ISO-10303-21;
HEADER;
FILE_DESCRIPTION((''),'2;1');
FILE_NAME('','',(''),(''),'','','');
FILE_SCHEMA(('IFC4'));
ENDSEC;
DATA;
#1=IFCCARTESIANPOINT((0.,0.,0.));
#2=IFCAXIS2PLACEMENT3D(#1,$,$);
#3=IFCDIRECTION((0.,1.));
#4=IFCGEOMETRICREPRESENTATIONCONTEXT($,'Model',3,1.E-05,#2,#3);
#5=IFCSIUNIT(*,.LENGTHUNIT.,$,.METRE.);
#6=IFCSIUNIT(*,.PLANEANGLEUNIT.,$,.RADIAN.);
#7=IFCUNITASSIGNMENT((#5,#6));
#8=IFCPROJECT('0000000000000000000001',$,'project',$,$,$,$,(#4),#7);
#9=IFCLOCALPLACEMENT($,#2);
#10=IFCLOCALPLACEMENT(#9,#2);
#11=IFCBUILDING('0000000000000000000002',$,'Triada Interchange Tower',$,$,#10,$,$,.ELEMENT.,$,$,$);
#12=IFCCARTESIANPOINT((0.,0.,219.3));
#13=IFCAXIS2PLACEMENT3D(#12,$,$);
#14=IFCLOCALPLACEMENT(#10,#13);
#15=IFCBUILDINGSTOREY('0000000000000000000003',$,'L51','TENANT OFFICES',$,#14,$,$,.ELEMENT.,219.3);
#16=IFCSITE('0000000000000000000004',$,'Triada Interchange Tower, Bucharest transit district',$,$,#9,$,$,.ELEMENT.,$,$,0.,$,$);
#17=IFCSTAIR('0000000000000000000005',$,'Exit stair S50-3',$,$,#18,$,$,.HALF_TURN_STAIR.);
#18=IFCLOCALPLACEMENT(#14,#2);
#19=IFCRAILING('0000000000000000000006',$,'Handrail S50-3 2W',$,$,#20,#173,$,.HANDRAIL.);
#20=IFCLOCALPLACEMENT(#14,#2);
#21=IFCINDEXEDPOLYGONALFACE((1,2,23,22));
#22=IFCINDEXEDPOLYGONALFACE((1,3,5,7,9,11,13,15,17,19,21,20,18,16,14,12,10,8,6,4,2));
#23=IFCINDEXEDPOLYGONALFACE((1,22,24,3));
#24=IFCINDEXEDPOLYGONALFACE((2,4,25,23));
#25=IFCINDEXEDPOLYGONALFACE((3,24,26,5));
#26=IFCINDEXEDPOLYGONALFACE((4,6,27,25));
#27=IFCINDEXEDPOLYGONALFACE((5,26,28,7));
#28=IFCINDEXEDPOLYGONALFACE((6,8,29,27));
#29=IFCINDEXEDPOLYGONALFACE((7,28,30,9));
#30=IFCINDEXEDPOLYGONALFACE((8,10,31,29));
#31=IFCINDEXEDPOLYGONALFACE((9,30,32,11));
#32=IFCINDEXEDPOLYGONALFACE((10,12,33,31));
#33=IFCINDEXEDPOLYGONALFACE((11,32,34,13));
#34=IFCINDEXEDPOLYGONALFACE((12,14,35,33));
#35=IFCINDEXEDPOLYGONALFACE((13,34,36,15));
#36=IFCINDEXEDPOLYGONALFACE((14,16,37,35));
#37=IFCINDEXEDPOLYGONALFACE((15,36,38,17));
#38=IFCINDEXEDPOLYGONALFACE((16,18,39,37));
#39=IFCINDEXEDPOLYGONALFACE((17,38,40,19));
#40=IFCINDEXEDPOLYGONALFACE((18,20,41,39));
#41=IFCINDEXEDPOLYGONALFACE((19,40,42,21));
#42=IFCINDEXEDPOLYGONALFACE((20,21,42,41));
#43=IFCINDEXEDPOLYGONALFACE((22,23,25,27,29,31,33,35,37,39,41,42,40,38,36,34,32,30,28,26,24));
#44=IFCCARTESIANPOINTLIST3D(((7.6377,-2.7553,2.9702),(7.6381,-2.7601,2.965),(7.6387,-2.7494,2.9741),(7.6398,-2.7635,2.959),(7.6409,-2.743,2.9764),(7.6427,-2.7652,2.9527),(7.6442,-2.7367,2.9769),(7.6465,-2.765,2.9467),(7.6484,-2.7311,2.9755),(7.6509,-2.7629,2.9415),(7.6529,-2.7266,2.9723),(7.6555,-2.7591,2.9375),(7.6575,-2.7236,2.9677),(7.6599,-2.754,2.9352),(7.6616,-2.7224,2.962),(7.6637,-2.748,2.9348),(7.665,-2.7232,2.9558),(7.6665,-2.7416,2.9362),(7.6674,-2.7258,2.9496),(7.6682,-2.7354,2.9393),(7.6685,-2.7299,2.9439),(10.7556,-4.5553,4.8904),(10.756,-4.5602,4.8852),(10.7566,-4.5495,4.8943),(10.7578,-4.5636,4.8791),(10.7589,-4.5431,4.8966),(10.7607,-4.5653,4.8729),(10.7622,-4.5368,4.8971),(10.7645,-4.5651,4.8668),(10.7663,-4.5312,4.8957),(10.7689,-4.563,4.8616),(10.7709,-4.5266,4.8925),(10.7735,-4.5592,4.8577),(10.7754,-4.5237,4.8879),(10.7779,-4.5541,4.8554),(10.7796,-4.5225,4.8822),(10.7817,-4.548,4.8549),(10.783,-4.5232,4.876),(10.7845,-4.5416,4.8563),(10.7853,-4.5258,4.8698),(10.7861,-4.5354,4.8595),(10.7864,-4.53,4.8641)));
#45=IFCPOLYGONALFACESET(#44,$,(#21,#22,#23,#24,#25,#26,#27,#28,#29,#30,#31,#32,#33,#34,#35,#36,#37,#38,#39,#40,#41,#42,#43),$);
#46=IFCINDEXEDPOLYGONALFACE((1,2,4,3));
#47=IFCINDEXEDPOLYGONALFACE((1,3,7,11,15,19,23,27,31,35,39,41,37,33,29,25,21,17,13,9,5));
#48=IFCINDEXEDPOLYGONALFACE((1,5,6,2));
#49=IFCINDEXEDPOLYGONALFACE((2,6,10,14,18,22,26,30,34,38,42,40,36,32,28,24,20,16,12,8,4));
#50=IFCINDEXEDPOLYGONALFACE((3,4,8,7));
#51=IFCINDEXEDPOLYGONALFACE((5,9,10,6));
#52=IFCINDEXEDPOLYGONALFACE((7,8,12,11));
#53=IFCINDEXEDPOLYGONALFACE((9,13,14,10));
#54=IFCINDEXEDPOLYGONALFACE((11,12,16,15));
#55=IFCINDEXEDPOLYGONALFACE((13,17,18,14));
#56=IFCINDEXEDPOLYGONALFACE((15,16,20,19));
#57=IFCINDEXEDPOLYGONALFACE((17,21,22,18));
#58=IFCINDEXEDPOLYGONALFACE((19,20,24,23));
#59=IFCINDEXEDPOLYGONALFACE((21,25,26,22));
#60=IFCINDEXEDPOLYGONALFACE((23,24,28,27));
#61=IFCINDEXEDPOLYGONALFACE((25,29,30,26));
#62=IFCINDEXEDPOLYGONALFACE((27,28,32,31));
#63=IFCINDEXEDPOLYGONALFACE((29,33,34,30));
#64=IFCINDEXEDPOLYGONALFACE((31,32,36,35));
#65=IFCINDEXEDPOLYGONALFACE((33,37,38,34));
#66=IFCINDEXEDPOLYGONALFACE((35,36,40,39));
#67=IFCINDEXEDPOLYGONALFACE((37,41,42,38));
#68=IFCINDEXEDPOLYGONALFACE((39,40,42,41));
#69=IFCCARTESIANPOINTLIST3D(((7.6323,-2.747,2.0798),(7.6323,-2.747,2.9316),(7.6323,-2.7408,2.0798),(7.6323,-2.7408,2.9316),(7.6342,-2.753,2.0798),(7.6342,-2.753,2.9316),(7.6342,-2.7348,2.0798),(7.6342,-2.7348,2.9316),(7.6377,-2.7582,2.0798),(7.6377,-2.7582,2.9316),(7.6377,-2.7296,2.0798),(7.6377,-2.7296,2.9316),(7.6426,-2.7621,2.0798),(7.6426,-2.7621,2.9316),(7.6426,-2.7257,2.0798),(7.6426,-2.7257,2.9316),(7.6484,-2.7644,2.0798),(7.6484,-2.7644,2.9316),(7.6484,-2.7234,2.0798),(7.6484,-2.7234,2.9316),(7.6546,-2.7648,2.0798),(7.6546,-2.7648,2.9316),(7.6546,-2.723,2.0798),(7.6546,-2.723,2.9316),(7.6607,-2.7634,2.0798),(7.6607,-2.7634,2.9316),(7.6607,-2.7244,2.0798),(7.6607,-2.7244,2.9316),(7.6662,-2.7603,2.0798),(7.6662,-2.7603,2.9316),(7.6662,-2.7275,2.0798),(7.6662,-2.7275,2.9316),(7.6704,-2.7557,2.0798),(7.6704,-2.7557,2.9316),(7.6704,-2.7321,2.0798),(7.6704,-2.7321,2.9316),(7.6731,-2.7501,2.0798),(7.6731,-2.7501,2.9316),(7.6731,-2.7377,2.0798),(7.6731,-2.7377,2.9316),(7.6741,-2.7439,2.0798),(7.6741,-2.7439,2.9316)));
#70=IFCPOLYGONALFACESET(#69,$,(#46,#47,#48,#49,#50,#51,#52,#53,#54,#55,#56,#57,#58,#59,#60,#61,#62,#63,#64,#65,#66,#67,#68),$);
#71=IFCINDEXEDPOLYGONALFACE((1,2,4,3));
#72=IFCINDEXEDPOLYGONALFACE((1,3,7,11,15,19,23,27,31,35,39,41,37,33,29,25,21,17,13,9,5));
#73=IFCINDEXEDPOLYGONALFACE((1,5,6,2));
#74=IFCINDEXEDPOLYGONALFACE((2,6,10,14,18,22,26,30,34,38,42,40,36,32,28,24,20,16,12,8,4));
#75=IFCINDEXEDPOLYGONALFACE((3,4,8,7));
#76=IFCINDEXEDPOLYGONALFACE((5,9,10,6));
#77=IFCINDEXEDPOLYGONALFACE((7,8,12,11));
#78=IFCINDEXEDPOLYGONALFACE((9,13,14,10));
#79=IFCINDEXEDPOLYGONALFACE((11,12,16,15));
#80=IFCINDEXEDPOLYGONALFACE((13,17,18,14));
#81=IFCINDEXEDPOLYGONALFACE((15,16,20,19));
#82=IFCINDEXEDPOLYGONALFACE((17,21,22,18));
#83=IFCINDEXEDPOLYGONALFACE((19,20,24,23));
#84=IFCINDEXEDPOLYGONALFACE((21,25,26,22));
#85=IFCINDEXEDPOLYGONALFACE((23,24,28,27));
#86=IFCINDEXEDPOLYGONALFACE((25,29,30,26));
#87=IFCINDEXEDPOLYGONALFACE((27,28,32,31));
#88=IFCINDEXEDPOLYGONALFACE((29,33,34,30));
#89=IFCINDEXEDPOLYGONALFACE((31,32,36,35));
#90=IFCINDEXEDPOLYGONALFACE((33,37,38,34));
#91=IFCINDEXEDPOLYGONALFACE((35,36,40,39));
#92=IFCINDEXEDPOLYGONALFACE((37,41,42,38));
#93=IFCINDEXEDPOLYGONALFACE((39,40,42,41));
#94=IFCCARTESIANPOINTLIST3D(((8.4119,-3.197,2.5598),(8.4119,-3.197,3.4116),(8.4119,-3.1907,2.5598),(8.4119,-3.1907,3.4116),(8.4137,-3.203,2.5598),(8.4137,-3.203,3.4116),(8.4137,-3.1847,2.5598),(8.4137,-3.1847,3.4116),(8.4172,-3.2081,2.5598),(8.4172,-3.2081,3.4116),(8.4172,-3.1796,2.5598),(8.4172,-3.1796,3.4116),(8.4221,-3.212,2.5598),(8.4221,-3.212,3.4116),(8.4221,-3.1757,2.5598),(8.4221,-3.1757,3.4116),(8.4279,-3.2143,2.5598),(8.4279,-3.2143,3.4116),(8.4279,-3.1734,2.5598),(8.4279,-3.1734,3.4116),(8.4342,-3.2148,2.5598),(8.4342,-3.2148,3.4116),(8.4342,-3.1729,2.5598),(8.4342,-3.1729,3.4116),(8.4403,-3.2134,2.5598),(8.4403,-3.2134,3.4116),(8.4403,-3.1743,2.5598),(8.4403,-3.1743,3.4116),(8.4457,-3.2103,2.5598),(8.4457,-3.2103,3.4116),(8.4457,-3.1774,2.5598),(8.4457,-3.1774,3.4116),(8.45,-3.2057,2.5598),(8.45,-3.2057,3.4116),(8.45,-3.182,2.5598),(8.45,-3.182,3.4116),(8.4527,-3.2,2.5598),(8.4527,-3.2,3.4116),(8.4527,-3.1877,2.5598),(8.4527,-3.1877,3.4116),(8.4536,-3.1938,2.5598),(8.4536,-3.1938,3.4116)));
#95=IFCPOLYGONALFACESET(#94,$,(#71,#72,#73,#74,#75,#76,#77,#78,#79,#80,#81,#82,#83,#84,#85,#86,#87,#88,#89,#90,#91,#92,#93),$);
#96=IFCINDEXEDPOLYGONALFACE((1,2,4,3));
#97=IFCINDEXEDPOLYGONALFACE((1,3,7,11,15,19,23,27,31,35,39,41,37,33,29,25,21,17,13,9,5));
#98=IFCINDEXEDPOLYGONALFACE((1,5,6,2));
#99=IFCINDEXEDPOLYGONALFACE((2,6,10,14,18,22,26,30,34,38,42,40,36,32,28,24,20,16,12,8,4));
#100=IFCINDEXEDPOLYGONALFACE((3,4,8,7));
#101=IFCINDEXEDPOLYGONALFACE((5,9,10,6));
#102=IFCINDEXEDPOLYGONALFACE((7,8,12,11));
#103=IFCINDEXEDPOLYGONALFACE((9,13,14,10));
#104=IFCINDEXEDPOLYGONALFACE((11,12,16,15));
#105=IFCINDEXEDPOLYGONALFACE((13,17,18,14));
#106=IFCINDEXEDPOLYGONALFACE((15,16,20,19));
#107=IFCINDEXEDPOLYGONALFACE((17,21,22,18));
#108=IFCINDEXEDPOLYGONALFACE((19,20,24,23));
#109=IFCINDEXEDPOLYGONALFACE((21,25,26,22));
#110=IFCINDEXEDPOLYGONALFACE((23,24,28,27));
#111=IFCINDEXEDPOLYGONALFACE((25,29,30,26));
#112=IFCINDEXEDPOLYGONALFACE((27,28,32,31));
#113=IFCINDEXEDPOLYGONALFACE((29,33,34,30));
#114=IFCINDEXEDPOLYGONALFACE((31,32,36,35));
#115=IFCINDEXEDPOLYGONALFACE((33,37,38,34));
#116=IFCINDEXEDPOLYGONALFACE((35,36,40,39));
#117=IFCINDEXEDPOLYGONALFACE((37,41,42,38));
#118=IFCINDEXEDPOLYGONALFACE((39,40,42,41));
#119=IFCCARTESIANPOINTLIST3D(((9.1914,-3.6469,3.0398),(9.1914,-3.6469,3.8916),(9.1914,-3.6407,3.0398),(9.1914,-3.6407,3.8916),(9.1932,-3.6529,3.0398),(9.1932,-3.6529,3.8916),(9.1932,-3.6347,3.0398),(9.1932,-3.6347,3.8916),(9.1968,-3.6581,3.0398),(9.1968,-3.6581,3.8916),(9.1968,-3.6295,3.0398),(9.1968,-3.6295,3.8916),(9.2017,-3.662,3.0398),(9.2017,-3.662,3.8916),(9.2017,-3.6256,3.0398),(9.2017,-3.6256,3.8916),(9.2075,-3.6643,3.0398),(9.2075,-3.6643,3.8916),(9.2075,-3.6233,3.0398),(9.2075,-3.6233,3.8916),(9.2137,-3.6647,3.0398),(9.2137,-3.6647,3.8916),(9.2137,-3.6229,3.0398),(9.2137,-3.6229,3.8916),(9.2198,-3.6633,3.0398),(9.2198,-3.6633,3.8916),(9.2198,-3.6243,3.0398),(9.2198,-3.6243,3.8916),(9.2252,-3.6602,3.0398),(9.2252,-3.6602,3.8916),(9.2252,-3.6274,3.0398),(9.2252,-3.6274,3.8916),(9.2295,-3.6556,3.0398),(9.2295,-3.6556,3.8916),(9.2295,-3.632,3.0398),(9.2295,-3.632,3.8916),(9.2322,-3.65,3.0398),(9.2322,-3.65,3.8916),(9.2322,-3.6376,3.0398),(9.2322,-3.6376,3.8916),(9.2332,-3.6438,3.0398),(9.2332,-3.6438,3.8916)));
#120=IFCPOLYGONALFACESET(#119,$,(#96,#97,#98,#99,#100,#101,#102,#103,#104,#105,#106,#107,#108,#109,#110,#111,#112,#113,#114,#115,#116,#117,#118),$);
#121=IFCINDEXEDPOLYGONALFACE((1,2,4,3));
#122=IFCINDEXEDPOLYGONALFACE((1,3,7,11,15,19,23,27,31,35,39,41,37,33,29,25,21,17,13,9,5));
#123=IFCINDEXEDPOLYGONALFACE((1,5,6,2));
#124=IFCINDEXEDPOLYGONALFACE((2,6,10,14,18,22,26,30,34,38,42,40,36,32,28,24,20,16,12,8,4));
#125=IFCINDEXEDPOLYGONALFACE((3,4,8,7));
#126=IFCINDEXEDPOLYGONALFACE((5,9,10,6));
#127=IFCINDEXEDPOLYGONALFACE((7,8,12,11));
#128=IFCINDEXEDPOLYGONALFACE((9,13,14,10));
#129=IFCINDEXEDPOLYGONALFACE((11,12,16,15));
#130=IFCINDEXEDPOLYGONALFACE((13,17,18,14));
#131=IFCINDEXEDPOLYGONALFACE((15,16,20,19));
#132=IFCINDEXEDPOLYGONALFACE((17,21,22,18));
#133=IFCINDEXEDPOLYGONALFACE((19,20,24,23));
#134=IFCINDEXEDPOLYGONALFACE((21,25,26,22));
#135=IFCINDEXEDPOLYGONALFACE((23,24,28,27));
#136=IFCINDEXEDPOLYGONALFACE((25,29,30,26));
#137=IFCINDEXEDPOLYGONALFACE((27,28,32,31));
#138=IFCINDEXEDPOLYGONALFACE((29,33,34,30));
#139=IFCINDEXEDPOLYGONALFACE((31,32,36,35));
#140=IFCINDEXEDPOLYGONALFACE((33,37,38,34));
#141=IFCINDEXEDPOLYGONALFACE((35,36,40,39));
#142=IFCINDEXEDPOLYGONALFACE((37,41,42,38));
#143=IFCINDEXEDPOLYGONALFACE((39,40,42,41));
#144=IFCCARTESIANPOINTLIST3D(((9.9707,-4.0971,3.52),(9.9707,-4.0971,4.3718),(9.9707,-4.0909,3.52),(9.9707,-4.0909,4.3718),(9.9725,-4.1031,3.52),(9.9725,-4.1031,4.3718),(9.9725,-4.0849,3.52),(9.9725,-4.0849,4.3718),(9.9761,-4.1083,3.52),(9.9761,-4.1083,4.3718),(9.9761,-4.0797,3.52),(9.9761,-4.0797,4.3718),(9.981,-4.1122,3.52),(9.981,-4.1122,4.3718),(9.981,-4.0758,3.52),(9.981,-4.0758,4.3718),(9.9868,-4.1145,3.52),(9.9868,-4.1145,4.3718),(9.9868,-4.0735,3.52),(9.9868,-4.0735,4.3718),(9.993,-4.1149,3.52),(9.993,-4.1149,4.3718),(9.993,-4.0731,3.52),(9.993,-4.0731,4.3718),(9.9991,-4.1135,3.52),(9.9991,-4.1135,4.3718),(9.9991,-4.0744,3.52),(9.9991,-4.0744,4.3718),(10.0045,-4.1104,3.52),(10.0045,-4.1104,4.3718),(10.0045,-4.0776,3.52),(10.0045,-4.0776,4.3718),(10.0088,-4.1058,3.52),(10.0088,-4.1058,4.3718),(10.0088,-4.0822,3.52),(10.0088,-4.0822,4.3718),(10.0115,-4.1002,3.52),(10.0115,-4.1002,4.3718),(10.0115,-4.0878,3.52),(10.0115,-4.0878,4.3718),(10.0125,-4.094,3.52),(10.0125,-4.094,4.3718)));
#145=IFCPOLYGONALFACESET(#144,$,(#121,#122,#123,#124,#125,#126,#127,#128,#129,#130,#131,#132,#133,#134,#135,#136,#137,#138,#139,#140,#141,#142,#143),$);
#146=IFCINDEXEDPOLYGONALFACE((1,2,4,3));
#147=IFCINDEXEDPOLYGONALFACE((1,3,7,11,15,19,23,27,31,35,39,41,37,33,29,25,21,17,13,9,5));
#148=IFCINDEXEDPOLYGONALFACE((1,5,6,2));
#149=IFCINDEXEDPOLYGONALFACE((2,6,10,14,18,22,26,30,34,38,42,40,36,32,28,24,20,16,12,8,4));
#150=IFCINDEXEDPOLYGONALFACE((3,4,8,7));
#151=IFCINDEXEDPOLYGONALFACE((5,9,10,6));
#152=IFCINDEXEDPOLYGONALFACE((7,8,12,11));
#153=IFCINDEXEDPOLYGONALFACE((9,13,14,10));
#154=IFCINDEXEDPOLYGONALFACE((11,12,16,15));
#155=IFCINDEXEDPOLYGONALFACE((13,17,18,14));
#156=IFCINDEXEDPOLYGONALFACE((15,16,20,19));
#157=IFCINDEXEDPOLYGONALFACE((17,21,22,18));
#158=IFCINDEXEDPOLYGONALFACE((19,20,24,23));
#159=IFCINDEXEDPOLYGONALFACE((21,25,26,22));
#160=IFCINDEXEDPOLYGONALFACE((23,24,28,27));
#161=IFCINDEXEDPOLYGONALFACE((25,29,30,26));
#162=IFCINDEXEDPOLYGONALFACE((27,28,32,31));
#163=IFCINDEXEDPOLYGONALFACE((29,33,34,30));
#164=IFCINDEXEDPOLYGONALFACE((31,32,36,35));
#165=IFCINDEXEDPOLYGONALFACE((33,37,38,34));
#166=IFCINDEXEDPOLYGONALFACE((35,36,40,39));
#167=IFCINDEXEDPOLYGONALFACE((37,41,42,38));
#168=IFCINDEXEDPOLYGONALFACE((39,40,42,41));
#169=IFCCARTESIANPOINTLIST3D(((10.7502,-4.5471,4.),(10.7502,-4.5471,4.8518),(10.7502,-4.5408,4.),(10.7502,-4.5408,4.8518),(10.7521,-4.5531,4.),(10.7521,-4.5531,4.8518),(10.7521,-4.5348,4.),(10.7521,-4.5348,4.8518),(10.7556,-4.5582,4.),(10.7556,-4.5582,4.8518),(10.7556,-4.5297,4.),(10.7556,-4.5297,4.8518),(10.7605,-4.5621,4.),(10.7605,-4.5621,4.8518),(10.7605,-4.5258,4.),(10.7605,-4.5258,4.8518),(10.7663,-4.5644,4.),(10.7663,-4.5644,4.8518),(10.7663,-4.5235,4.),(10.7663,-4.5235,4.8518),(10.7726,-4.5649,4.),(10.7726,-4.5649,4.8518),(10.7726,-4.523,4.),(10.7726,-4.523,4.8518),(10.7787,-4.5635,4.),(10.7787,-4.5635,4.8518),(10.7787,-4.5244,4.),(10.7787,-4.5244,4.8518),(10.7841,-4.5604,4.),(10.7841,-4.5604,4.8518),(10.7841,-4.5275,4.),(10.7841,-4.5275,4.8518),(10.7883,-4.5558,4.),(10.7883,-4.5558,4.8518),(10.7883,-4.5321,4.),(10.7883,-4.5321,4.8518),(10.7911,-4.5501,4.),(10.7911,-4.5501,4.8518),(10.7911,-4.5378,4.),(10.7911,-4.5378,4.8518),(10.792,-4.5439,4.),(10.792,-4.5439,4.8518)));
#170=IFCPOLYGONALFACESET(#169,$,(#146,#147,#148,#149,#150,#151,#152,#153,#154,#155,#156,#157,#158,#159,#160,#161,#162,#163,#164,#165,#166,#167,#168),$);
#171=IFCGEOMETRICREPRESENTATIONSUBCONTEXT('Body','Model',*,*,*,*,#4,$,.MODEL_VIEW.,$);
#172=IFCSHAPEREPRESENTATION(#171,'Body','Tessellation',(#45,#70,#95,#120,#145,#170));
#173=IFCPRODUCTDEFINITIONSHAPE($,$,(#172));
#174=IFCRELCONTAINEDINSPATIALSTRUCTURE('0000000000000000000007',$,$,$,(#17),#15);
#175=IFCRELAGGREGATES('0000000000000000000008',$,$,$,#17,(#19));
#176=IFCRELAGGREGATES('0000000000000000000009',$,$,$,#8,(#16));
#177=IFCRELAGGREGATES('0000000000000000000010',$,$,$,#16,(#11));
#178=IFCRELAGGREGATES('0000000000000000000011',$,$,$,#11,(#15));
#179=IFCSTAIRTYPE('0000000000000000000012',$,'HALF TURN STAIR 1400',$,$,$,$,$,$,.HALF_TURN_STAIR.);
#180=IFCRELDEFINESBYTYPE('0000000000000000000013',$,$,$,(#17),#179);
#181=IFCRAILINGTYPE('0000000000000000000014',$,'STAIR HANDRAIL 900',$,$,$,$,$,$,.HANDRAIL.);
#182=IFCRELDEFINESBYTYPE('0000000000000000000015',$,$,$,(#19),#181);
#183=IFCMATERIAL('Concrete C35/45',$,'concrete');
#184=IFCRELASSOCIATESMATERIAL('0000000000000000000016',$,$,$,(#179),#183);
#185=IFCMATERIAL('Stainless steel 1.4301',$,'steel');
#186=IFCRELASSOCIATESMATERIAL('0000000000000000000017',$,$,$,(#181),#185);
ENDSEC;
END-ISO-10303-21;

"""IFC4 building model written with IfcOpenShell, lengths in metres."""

from ifc_helpers import new_model, si_unit, direction, frame, origin, origin_2d, place, context, subcontext, project, spatial, circle, extrude, material, type_object, element, aggregate, save


model = new_model("IFC4")

# Units and contexts
model_context = context("Model", 3, precision=1e-05, world=origin(), true_north=direction((0.0, 1.0)))
body_context = subcontext(model_context, "Body", "Model", "MODEL_VIEW")
ifc_project = project(units=[si_unit("LENGTHUNIT", "METRE"), si_unit("PLANEANGLEUNIT", "RADIAN")], contexts=[model_context])

# Site, building, storey
site_placement = place(None, origin())
site = spatial("IfcSite", under=ifc_project, at=site_placement, Name="Triada Interchange Tower, Bucharest transit district", CompositionType="ELEMENT", RefElevation=0.0)
building_placement = place(site_placement, origin())
building = spatial("IfcBuilding", under=site, at=building_placement, Name="Triada Interchange Tower", CompositionType="ELEMENT")
storey_placement = place(building_placement, frame((0.0, 0.0, 219.3)))
storey = spatial("IfcBuildingStorey", under=building, at=storey_placement, Name="L51", Description="TENANT OFFICES", CompositionType="ELEMENT", Elevation=219.3)

# Stair, railing
ifc_material_1 = material(Name="Concrete C35/45", Category="concrete")
stair_type = type_object("IfcStairType", Name="HALF TURN STAIR 1400", PredefinedType="HALF_TURN_STAIR", material=ifc_material_1)
stair_placement = place(storey_placement, origin())
stair = element("IfcStair", 1, at=stair_placement, inside=storey, type_object=stair_type, Name="Exit stair S50-3", PredefinedType="HALF_TURN_STAIR")
ifc_material_2 = material(Name="Stainless steel 1.4301", Category="steel")
railing_type = type_object("IfcRailingType", Name="STAIR HANDRAIL 900", PredefinedType="HANDRAIL", material=ifc_material_2)
railing_1_placement = place(storey_placement, frame((7.6531, -2.7439, 2.0798)))
railing_1 = element("IfcRailing", 2, at=railing_1_placement, type_object=railing_type, Name="Handrail S50-3 2W", PredefinedType="HANDRAIL", context=body_context, shape_type="SweptSolid", body=[
    extrude(circle(Radius=0.0239, at=origin_2d()), frame((0.0, 0.0, 0.876), z_axis=(0.764145, -0.441159, 0.470597), x_axis=(0.499983, 0.866035, 0.0)), (0.0, 0.0, 1.0), 4.0803),
    extrude(circle(Radius=0.021, at=origin_2d()), origin(), (0.0, 0.0, 1.0), 0.8518),
    extrude(circle(Radius=0.021, at=origin_2d()), frame((0.7795, -0.45, 0.48)), (0.0, 0.0, 1.0), 0.8518),
    extrude(circle(Radius=0.021, at=origin_2d()), frame((1.5591, -0.8999, 0.96)), (0.0, 0.0, 1.0), 0.8518),
    extrude(circle(Radius=0.021, at=origin_2d()), frame((2.3384, -1.3501, 1.4402)), (0.0, 0.0, 1.0), 0.8518),
    extrude(circle(Radius=0.021, at=origin_2d()), frame((3.1179, -1.8, 1.9202)), (0.0, 0.0, 1.0), 0.8518),
])
aggregate(stair, [railing_1])

save(model, "model.ifc")
